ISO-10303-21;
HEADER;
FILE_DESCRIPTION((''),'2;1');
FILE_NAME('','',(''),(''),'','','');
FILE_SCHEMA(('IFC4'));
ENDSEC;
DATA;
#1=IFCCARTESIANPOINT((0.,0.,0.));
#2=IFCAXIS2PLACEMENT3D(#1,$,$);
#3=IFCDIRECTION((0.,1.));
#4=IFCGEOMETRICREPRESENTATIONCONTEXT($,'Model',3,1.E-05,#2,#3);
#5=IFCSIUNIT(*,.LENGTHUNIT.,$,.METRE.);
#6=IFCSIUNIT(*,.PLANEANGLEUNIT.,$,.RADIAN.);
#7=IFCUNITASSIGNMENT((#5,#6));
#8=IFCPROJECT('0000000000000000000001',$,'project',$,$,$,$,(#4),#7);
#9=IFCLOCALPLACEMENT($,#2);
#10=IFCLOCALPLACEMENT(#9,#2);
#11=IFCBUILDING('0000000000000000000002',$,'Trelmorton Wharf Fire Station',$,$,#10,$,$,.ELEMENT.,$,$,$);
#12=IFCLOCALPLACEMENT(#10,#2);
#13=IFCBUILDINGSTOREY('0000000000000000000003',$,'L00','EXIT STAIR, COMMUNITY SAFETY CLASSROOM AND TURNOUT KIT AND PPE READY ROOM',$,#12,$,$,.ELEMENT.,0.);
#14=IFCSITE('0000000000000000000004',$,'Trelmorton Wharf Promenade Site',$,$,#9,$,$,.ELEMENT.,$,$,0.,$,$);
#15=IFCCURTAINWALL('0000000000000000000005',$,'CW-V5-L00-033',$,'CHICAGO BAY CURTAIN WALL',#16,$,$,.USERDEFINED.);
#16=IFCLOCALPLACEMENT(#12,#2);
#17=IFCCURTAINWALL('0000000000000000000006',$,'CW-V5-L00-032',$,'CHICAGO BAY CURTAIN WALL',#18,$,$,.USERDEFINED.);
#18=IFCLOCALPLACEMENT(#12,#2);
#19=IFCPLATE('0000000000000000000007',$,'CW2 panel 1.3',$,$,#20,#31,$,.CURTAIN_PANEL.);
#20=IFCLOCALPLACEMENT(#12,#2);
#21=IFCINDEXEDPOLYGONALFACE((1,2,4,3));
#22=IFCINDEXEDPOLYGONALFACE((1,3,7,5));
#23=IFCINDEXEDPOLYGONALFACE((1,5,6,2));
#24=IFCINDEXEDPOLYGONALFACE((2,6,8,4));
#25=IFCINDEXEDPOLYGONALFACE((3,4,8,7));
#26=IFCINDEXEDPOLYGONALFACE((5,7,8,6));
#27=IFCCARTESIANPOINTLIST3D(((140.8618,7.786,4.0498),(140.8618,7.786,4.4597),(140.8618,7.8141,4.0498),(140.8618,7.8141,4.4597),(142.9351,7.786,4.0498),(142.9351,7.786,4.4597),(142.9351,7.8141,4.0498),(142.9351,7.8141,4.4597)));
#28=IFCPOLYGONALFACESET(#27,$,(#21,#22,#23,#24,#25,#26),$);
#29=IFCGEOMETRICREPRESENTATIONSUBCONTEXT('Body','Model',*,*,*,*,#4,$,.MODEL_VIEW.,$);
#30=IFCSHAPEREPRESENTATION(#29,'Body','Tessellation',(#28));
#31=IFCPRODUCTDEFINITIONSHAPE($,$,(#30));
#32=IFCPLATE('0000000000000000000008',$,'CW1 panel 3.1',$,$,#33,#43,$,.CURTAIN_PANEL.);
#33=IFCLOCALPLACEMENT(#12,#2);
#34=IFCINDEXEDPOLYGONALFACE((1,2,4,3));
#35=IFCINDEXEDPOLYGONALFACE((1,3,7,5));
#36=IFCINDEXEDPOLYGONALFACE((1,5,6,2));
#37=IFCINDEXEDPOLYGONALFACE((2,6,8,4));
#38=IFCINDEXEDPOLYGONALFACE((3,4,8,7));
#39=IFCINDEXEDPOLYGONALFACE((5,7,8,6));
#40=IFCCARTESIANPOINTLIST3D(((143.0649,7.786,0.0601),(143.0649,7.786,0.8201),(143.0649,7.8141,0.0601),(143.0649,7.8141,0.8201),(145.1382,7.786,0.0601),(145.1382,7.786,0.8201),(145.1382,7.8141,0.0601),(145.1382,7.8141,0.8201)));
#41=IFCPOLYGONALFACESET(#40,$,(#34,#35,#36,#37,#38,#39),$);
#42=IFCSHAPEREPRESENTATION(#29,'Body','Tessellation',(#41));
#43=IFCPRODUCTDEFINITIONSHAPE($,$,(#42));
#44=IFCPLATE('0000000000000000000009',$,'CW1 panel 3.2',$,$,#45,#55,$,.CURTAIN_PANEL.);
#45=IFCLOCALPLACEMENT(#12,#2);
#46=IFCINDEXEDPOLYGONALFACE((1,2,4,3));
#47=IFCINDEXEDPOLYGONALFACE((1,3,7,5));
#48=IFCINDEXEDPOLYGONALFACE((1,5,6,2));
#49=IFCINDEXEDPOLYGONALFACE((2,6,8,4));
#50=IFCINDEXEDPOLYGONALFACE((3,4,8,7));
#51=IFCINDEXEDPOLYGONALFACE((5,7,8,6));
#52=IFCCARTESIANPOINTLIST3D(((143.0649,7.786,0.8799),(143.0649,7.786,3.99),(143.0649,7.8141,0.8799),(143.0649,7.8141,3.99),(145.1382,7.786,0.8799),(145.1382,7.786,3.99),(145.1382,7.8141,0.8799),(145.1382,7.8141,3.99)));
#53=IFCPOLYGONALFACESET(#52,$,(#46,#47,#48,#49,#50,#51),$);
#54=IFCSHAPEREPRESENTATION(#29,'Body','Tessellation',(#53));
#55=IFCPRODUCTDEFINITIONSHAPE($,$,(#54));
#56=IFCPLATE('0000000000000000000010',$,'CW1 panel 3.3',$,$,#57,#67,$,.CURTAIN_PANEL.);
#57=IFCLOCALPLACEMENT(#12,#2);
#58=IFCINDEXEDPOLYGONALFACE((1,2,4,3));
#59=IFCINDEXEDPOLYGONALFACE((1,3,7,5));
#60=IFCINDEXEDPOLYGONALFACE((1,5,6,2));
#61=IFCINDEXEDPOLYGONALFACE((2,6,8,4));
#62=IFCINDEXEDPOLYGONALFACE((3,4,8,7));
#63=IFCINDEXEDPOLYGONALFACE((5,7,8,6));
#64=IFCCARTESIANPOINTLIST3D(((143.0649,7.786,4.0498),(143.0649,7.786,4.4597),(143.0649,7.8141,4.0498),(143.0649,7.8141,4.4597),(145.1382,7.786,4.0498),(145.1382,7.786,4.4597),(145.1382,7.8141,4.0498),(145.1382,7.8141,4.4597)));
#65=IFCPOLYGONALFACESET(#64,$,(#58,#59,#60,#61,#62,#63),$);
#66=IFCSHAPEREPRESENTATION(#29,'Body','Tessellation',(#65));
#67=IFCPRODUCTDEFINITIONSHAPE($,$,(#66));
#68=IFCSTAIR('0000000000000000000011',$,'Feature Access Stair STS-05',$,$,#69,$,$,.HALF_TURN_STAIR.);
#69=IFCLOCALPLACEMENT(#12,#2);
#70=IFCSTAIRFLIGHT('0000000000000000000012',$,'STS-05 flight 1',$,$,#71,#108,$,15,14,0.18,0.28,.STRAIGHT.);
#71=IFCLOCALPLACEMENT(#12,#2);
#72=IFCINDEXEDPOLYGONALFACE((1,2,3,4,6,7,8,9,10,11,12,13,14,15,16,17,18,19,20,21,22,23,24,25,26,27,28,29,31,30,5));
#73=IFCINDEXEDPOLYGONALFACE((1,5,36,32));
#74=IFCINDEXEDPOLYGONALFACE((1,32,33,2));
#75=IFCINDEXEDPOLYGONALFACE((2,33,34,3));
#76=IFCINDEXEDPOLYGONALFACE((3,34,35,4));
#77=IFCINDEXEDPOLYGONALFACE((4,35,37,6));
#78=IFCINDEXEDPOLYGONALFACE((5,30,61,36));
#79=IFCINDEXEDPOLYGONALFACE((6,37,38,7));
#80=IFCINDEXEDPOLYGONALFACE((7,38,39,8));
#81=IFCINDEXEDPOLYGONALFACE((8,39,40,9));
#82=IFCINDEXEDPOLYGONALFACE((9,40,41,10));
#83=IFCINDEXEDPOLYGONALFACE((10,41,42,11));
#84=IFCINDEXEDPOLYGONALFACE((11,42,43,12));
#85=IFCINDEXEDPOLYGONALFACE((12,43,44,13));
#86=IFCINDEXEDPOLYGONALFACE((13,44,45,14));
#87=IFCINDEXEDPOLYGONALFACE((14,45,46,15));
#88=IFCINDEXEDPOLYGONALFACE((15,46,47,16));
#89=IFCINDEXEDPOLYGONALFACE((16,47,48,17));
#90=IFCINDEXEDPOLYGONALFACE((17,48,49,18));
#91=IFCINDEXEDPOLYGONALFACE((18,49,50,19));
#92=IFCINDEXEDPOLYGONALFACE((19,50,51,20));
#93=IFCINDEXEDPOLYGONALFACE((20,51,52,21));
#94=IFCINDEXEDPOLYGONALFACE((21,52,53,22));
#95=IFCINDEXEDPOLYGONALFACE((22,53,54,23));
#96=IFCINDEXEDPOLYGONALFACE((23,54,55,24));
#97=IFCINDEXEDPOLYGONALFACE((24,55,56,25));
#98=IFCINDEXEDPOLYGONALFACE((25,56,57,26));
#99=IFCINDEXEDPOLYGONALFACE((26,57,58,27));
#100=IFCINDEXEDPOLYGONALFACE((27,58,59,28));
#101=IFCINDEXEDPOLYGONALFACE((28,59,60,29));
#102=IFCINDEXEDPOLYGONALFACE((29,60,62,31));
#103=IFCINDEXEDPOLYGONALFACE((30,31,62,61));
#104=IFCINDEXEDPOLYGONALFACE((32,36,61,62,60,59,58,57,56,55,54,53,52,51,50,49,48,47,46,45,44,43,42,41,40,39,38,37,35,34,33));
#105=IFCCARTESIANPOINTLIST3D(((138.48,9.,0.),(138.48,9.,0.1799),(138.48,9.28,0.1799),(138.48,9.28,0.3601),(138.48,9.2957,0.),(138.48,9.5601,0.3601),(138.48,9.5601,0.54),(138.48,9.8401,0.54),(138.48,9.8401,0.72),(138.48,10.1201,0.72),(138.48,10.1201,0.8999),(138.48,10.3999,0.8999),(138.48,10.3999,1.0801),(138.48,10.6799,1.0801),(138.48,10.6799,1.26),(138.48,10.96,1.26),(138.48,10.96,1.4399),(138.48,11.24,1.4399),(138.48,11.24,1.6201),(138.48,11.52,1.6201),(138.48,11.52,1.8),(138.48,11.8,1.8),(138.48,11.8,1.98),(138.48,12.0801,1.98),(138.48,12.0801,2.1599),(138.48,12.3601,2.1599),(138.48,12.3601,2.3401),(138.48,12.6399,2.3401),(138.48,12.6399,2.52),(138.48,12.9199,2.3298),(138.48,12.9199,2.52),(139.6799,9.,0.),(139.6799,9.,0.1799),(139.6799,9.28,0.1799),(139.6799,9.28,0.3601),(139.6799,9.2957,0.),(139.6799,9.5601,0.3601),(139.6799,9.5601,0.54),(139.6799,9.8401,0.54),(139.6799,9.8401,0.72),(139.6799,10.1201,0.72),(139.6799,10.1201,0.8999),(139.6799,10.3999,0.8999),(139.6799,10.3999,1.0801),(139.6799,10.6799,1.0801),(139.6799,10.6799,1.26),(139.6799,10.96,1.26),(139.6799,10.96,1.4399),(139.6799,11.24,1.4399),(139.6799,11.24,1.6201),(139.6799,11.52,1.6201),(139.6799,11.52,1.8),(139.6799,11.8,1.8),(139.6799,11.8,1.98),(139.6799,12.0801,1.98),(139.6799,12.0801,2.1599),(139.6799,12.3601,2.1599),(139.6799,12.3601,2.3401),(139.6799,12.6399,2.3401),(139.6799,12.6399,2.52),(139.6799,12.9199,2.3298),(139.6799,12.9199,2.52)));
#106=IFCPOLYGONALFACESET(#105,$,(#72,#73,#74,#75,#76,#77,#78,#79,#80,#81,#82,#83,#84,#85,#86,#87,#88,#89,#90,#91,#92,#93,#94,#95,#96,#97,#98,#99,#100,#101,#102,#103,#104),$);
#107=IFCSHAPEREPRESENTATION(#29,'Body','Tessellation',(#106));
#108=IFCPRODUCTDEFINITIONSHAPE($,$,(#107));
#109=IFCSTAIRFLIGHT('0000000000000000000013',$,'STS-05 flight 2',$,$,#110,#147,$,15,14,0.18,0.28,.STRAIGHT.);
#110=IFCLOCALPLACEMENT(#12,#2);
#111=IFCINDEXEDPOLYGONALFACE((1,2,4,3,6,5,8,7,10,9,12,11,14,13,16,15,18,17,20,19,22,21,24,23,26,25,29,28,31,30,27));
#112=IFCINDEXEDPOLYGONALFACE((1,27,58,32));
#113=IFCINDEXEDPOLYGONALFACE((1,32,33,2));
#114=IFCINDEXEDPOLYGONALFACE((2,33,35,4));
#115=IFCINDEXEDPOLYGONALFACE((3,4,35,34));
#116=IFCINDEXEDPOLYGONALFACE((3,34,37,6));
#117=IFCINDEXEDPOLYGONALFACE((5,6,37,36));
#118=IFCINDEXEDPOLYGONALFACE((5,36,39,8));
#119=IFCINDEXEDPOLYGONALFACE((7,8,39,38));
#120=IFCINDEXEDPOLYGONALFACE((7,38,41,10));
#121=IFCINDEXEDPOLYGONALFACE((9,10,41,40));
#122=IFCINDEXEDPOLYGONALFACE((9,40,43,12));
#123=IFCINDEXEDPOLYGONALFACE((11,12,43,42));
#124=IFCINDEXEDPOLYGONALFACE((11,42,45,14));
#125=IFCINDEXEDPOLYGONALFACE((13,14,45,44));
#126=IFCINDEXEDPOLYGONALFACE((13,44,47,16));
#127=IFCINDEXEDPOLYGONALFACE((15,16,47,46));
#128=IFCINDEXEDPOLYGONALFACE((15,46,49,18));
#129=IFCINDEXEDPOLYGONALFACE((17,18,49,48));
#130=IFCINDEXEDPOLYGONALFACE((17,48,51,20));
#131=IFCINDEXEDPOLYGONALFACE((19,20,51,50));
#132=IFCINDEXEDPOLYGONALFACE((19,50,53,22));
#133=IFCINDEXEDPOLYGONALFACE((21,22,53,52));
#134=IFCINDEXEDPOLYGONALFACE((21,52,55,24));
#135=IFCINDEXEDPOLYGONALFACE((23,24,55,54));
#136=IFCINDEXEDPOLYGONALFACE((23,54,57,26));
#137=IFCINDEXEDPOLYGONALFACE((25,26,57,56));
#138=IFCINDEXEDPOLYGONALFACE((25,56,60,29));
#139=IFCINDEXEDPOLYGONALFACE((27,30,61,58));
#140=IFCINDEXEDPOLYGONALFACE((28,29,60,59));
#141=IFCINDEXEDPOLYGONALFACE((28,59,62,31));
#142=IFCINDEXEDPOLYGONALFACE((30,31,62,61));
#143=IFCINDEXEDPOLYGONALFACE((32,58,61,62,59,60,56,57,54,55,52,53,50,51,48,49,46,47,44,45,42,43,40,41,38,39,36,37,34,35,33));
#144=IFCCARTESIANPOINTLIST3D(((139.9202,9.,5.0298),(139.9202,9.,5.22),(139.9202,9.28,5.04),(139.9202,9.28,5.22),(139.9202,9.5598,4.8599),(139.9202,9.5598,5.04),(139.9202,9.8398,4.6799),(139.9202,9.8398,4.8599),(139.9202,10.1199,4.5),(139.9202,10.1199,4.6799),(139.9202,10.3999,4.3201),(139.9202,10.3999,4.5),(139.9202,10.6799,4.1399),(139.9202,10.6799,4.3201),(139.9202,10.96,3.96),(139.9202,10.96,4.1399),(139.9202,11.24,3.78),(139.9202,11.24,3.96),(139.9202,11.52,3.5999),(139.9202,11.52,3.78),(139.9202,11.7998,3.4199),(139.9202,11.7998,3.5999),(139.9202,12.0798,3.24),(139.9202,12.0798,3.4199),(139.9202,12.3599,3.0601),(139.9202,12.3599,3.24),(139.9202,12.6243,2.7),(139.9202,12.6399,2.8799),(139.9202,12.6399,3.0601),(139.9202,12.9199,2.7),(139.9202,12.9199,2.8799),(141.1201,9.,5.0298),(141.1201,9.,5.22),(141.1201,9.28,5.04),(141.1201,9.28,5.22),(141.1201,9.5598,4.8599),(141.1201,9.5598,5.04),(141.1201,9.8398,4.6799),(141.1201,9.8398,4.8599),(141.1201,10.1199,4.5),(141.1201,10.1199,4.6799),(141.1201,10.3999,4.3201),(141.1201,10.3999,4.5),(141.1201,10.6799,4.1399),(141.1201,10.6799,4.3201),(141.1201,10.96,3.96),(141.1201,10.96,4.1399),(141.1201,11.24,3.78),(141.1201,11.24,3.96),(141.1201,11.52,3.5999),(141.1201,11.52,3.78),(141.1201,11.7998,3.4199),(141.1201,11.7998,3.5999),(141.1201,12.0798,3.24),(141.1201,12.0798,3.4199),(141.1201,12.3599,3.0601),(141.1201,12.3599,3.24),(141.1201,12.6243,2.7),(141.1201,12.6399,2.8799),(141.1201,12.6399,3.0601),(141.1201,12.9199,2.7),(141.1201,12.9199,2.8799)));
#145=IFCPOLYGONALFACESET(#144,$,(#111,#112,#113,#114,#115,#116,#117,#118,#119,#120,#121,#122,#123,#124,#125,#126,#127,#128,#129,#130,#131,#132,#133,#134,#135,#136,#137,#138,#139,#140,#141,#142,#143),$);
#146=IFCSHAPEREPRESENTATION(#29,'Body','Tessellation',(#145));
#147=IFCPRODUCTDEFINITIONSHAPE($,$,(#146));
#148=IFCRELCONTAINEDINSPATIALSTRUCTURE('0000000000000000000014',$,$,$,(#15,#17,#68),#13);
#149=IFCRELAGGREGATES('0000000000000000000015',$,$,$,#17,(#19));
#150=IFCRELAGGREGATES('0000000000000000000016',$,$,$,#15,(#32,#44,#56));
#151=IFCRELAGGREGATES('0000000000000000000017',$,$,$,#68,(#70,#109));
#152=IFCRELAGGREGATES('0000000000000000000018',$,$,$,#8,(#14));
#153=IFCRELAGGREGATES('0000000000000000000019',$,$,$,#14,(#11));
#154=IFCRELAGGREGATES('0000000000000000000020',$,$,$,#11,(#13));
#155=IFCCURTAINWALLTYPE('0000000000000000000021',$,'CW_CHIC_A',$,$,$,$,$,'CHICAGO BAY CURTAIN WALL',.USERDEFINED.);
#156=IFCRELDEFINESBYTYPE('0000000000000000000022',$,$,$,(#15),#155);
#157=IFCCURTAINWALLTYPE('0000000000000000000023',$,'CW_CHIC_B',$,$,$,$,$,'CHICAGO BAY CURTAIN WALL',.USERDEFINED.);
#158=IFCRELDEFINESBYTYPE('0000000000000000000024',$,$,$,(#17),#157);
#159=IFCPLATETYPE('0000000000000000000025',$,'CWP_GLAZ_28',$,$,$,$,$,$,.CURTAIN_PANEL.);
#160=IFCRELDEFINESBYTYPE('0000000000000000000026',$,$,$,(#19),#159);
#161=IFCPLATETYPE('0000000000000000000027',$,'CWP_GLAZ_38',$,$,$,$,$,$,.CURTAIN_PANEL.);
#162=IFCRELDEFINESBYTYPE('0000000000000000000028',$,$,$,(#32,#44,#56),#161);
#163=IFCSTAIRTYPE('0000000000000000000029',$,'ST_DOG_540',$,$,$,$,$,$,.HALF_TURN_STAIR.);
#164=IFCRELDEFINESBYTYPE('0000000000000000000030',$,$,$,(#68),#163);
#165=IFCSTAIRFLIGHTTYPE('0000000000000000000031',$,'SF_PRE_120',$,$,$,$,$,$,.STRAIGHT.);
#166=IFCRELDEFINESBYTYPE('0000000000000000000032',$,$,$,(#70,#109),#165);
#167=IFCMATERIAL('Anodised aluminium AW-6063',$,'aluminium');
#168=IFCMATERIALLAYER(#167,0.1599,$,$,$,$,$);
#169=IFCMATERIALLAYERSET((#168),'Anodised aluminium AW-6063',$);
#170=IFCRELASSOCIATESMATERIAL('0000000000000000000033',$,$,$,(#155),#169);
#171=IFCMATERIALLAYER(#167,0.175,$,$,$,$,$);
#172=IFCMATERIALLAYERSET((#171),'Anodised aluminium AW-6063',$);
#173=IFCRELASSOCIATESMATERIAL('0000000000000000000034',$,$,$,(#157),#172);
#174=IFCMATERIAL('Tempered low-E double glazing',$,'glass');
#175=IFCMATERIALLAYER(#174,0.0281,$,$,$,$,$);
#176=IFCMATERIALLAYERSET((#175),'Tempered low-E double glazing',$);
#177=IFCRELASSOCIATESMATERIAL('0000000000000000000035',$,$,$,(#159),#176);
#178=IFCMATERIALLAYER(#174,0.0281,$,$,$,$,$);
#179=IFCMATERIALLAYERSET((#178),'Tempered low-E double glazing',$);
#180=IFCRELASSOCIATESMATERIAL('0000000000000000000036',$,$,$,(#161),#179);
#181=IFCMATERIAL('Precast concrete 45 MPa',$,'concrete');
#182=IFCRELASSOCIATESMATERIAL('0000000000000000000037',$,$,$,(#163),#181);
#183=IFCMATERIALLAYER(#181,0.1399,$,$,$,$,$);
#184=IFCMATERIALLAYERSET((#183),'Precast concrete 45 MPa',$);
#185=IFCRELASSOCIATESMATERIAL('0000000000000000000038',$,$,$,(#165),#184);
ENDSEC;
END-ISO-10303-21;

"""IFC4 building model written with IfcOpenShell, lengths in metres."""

from ifc_helpers import new_model, si_unit, direction, frame, origin, origin_2d, place, context, subcontext, project, spatial, polyline, rectangle, outline, extrude, material, layer, layer_set, type_object, element, aggregate, save


model = new_model("IFC4")

# Units and contexts
model_context = context("Model", 3, precision=1e-05, world=origin(), true_north=direction((0.0, 1.0)))
body_context = subcontext(model_context, "Body", "Model", "MODEL_VIEW")
ifc_project = project(units=[si_unit("LENGTHUNIT", "METRE"), si_unit("PLANEANGLEUNIT", "RADIAN")], contexts=[model_context])

# Site, building, storey
site_placement = place(None, origin())
site = spatial("IfcSite", under=ifc_project, at=site_placement, Name="Trelmorton Wharf Promenade Site", CompositionType="ELEMENT", RefElevation=0.0)
building_placement = place(site_placement, origin())
building = spatial("IfcBuilding", under=site, at=building_placement, Name="Trelmorton Wharf Fire Station", CompositionType="ELEMENT")
storey_placement = place(building_placement, origin())
storey = spatial("IfcBuildingStorey", under=building, at=storey_placement, Name="L00", Description="EXIT STAIR, COMMUNITY SAFETY CLASSROOM AND TURNOUT KIT AND PPE READY ROOM", CompositionType="ELEMENT", Elevation=0.0)

# Curtain wall
ifc_material_1 = material(Name="Anodised aluminium AW-6063", Category="aluminium")
ifc_layer_1 = layer(ifc_material_1, 0.1599)
ifc_layer_set_1 = layer_set([ifc_layer_1], Name="Anodised aluminium AW-6063")
curtain_wall_type_1 = type_object("IfcCurtainWallType", Name="CW_CHIC_A", ElementType="CHICAGO BAY CURTAIN WALL", PredefinedType="USERDEFINED", material=ifc_layer_set_1)
curtain_wall_1_placement = place(storey_placement, origin())
curtain_wall_1 = element("IfcCurtainWall", 1, at=curtain_wall_1_placement, inside=storey, type_object=curtain_wall_type_1, Name="CW-V5-L00-033", ObjectType="CHICAGO BAY CURTAIN WALL", PredefinedType="USERDEFINED")

# Curtain wall
ifc_layer_2 = layer(ifc_material_1, 0.175)
ifc_layer_set_2 = layer_set([ifc_layer_2], Name="Anodised aluminium AW-6063")
curtain_wall_type_2 = type_object("IfcCurtainWallType", Name="CW_CHIC_B", ElementType="CHICAGO BAY CURTAIN WALL", PredefinedType="USERDEFINED", material=ifc_layer_set_2)
curtain_wall_2_placement = place(storey_placement, origin())
curtain_wall_2 = element("IfcCurtainWall", 2, at=curtain_wall_2_placement, inside=storey, type_object=curtain_wall_type_2, Name="CW-V5-L00-032", ObjectType="CHICAGO BAY CURTAIN WALL", PredefinedType="USERDEFINED")

# Plates
ifc_material_2 = material(Name="Tempered low-E double glazing", Category="glass")
ifc_layer_3 = layer(ifc_material_2, 0.0281)
ifc_layer_set_3 = layer_set([ifc_layer_3], Name="Tempered low-E double glazing")
plate_type_1 = type_object("IfcPlateType", Name="CWP_GLAZ_28", PredefinedType="CURTAIN_PANEL", material=ifc_layer_set_3)
plate_1_placement = place(storey_placement, frame((141.8984, 7.8, 4.0498), z_axis=(0.0, 0.0, 1.0), x_axis=(-1.0, 0.0, 0.0)))
plate_1 = element("IfcPlate", 3, at=plate_1_placement, type_object=plate_type_1, Name="CW2 panel 1.3", PredefinedType="CURTAIN_PANEL", context=body_context, shape_type="SweptSolid", body=[
    extrude(rectangle(XDim=2.0732, YDim=0.0281, at=origin_2d()), origin(), (0.0, 0.0, 1.0), 0.4099),
])
aggregate(curtain_wall_2, [plate_1])
ifc_layer_4 = layer(ifc_material_2, 0.0281)
ifc_layer_set_4 = layer_set([ifc_layer_4], Name="Tempered low-E double glazing")
plate_type_2 = type_object("IfcPlateType", Name="CWP_GLAZ_38", PredefinedType="CURTAIN_PANEL", material=ifc_layer_set_4)
plate_2_placement = place(storey_placement, frame((144.1016, 7.8, 0.0601), z_axis=(0.0, 0.0, 1.0), x_axis=(-1.0, 0.0, 0.0)))
plate_2 = element("IfcPlate", 4, at=plate_2_placement, type_object=plate_type_2, Name="CW1 panel 3.1", PredefinedType="CURTAIN_PANEL", context=body_context, shape_type="SweptSolid", body=[
    extrude(rectangle(XDim=2.0732, YDim=0.0281, at=origin_2d()), origin(), (0.0, 0.0, 1.0), 0.76),
])
plate_3_placement = place(storey_placement, frame((144.1016, 7.8, 0.8799), z_axis=(0.0, 0.0, 1.0), x_axis=(-1.0, 0.0, 0.0)))
plate_3 = element("IfcPlate", 5, at=plate_3_placement, type_object=plate_type_2, Name="CW1 panel 3.2", PredefinedType="CURTAIN_PANEL", context=body_context, shape_type="SweptSolid", body=[
    extrude(rectangle(XDim=2.0732, YDim=0.0281, at=origin_2d()), origin(), (0.0, 0.0, 1.0), 3.1101),
])
plate_4_placement = place(storey_placement, frame((144.1016, 7.8, 4.0498), z_axis=(0.0, 0.0, 1.0), x_axis=(-1.0, 0.0, 0.0)))
plate_4 = element("IfcPlate", 6, at=plate_4_placement, type_object=plate_type_2, Name="CW1 panel 3.3", PredefinedType="CURTAIN_PANEL", context=body_context, shape_type="SweptSolid", body=[
    extrude(rectangle(XDim=2.0732, YDim=0.0281, at=origin_2d()), origin(), (0.0, 0.0, 1.0), 0.4099),
])
aggregate(curtain_wall_1, [plate_2, plate_3, plate_4])

# Stair, stair flights
ifc_material_3 = material(Name="Precast concrete 45 MPa", Category="concrete")
stair_type = type_object("IfcStairType", Name="ST_DOG_540", PredefinedType="HALF_TURN_STAIR", material=ifc_material_3)
stair_placement = place(storey_placement, origin())
stair = element("IfcStair", 7, at=stair_placement, inside=storey, type_object=stair_type, Name="Feature Access Stair STS-05", PredefinedType="HALF_TURN_STAIR")
ifc_layer_5 = layer(ifc_material_3, 0.1399)
ifc_layer_set_5 = layer_set([ifc_layer_5], Name="Precast concrete 45 MPa")
stair_flight_type = type_object("IfcStairFlightType", Name="SF_PRE_120", PredefinedType="STRAIGHT", material=ifc_layer_set_5)
stair_flight_1_placement = place(storey_placement, frame((139.0801, 9.0, 0.0), z_axis=(0.0, 0.0, 1.0), x_axis=(0.0, 1.0, 0.0)))
stair_flight_1 = element("IfcStairFlight", 8, at=stair_flight_1_placement, type_object=stair_flight_type, Name="STS-05 flight 1", NumberOfRisers=15, NumberOfTreads=14, PredefinedType="STRAIGHT", RiserHeight=0.18, TreadLength=0.28, context=body_context, shape_type="SweptSolid", body=[
    extrude(outline(polyline([(0.0, 0.0), (0.0, 0.1799), (0.28, 0.1799), (0.28, 0.3601), (0.5601, 0.3601), (0.5601, 0.54), (0.8401, 0.54), (0.8401, 0.72), (1.1201, 0.72), (1.1201, 0.8999), (1.3999, 0.8999), (1.3999, 1.0801), (1.6799, 1.0801), (1.6799, 1.26), (1.96, 1.26), (1.96, 1.4399), (2.24, 1.4399), (2.24, 1.6201), (2.52, 1.6201), (2.52, 1.8), (2.8, 1.8), (2.8, 1.98), (3.0801, 1.98), (3.0801, 2.1599), (3.3601, 2.1599), (3.3601, 2.3401), (3.6399, 2.3401), (3.6399, 2.52), (3.9199, 2.52), (3.9199, 2.7), (3.9199, 2.3298), (0.2957, 0.0), (0.0, 0.0)])), frame((0.0, 0.6001, 0.0), z_axis=(0.0, -1.0, 0.0), x_axis=(1.0, 0.0, 0.0)), (0.0, 0.0, 1.0), 1.2),
])
stair_flight_2_placement = place(storey_placement, frame((140.52, 12.9199, 2.7), z_axis=(0.0, 0.0, 1.0), x_axis=(0.0, -1.0, 0.0)))
stair_flight_2 = element("IfcStairFlight", 9, at=stair_flight_2_placement, type_object=stair_flight_type, Name="STS-05 flight 2", NumberOfRisers=15, NumberOfTreads=14, PredefinedType="STRAIGHT", RiserHeight=0.18, TreadLength=0.28, context=body_context, shape_type="SweptSolid", body=[
    extrude(outline(polyline([(0.0, 0.0), (0.0, 0.1799), (0.28, 0.1799), (0.28, 0.3601), (0.5601, 0.3601), (0.5601, 0.54), (0.8401, 0.54), (0.8401, 0.72), (1.1201, 0.72), (1.1201, 0.8999), (1.3999, 0.8999), (1.3999, 1.0801), (1.6799, 1.0801), (1.6799, 1.26), (1.96, 1.26), (1.96, 1.4399), (2.24, 1.4399), (2.24, 1.6201), (2.52, 1.6201), (2.52, 1.8), (2.8, 1.8), (2.8, 1.98), (3.0801, 1.98), (3.0801, 2.1599), (3.3601, 2.1599), (3.3601, 2.3401), (3.6399, 2.3401), (3.6399, 2.52), (3.9199, 2.52), (3.9199, 2.7), (3.9199, 2.3298), (0.2957, 0.0), (0.0, 0.0)])), frame((0.0, 0.6001, 0.0), z_axis=(0.0, -1.0, 0.0), x_axis=(1.0, 0.0, 0.0)), (0.0, 0.0, 1.0), 1.2),
])
aggregate(stair, [stair_flight_1, stair_flight_2])

save(model, "model.ifc")
